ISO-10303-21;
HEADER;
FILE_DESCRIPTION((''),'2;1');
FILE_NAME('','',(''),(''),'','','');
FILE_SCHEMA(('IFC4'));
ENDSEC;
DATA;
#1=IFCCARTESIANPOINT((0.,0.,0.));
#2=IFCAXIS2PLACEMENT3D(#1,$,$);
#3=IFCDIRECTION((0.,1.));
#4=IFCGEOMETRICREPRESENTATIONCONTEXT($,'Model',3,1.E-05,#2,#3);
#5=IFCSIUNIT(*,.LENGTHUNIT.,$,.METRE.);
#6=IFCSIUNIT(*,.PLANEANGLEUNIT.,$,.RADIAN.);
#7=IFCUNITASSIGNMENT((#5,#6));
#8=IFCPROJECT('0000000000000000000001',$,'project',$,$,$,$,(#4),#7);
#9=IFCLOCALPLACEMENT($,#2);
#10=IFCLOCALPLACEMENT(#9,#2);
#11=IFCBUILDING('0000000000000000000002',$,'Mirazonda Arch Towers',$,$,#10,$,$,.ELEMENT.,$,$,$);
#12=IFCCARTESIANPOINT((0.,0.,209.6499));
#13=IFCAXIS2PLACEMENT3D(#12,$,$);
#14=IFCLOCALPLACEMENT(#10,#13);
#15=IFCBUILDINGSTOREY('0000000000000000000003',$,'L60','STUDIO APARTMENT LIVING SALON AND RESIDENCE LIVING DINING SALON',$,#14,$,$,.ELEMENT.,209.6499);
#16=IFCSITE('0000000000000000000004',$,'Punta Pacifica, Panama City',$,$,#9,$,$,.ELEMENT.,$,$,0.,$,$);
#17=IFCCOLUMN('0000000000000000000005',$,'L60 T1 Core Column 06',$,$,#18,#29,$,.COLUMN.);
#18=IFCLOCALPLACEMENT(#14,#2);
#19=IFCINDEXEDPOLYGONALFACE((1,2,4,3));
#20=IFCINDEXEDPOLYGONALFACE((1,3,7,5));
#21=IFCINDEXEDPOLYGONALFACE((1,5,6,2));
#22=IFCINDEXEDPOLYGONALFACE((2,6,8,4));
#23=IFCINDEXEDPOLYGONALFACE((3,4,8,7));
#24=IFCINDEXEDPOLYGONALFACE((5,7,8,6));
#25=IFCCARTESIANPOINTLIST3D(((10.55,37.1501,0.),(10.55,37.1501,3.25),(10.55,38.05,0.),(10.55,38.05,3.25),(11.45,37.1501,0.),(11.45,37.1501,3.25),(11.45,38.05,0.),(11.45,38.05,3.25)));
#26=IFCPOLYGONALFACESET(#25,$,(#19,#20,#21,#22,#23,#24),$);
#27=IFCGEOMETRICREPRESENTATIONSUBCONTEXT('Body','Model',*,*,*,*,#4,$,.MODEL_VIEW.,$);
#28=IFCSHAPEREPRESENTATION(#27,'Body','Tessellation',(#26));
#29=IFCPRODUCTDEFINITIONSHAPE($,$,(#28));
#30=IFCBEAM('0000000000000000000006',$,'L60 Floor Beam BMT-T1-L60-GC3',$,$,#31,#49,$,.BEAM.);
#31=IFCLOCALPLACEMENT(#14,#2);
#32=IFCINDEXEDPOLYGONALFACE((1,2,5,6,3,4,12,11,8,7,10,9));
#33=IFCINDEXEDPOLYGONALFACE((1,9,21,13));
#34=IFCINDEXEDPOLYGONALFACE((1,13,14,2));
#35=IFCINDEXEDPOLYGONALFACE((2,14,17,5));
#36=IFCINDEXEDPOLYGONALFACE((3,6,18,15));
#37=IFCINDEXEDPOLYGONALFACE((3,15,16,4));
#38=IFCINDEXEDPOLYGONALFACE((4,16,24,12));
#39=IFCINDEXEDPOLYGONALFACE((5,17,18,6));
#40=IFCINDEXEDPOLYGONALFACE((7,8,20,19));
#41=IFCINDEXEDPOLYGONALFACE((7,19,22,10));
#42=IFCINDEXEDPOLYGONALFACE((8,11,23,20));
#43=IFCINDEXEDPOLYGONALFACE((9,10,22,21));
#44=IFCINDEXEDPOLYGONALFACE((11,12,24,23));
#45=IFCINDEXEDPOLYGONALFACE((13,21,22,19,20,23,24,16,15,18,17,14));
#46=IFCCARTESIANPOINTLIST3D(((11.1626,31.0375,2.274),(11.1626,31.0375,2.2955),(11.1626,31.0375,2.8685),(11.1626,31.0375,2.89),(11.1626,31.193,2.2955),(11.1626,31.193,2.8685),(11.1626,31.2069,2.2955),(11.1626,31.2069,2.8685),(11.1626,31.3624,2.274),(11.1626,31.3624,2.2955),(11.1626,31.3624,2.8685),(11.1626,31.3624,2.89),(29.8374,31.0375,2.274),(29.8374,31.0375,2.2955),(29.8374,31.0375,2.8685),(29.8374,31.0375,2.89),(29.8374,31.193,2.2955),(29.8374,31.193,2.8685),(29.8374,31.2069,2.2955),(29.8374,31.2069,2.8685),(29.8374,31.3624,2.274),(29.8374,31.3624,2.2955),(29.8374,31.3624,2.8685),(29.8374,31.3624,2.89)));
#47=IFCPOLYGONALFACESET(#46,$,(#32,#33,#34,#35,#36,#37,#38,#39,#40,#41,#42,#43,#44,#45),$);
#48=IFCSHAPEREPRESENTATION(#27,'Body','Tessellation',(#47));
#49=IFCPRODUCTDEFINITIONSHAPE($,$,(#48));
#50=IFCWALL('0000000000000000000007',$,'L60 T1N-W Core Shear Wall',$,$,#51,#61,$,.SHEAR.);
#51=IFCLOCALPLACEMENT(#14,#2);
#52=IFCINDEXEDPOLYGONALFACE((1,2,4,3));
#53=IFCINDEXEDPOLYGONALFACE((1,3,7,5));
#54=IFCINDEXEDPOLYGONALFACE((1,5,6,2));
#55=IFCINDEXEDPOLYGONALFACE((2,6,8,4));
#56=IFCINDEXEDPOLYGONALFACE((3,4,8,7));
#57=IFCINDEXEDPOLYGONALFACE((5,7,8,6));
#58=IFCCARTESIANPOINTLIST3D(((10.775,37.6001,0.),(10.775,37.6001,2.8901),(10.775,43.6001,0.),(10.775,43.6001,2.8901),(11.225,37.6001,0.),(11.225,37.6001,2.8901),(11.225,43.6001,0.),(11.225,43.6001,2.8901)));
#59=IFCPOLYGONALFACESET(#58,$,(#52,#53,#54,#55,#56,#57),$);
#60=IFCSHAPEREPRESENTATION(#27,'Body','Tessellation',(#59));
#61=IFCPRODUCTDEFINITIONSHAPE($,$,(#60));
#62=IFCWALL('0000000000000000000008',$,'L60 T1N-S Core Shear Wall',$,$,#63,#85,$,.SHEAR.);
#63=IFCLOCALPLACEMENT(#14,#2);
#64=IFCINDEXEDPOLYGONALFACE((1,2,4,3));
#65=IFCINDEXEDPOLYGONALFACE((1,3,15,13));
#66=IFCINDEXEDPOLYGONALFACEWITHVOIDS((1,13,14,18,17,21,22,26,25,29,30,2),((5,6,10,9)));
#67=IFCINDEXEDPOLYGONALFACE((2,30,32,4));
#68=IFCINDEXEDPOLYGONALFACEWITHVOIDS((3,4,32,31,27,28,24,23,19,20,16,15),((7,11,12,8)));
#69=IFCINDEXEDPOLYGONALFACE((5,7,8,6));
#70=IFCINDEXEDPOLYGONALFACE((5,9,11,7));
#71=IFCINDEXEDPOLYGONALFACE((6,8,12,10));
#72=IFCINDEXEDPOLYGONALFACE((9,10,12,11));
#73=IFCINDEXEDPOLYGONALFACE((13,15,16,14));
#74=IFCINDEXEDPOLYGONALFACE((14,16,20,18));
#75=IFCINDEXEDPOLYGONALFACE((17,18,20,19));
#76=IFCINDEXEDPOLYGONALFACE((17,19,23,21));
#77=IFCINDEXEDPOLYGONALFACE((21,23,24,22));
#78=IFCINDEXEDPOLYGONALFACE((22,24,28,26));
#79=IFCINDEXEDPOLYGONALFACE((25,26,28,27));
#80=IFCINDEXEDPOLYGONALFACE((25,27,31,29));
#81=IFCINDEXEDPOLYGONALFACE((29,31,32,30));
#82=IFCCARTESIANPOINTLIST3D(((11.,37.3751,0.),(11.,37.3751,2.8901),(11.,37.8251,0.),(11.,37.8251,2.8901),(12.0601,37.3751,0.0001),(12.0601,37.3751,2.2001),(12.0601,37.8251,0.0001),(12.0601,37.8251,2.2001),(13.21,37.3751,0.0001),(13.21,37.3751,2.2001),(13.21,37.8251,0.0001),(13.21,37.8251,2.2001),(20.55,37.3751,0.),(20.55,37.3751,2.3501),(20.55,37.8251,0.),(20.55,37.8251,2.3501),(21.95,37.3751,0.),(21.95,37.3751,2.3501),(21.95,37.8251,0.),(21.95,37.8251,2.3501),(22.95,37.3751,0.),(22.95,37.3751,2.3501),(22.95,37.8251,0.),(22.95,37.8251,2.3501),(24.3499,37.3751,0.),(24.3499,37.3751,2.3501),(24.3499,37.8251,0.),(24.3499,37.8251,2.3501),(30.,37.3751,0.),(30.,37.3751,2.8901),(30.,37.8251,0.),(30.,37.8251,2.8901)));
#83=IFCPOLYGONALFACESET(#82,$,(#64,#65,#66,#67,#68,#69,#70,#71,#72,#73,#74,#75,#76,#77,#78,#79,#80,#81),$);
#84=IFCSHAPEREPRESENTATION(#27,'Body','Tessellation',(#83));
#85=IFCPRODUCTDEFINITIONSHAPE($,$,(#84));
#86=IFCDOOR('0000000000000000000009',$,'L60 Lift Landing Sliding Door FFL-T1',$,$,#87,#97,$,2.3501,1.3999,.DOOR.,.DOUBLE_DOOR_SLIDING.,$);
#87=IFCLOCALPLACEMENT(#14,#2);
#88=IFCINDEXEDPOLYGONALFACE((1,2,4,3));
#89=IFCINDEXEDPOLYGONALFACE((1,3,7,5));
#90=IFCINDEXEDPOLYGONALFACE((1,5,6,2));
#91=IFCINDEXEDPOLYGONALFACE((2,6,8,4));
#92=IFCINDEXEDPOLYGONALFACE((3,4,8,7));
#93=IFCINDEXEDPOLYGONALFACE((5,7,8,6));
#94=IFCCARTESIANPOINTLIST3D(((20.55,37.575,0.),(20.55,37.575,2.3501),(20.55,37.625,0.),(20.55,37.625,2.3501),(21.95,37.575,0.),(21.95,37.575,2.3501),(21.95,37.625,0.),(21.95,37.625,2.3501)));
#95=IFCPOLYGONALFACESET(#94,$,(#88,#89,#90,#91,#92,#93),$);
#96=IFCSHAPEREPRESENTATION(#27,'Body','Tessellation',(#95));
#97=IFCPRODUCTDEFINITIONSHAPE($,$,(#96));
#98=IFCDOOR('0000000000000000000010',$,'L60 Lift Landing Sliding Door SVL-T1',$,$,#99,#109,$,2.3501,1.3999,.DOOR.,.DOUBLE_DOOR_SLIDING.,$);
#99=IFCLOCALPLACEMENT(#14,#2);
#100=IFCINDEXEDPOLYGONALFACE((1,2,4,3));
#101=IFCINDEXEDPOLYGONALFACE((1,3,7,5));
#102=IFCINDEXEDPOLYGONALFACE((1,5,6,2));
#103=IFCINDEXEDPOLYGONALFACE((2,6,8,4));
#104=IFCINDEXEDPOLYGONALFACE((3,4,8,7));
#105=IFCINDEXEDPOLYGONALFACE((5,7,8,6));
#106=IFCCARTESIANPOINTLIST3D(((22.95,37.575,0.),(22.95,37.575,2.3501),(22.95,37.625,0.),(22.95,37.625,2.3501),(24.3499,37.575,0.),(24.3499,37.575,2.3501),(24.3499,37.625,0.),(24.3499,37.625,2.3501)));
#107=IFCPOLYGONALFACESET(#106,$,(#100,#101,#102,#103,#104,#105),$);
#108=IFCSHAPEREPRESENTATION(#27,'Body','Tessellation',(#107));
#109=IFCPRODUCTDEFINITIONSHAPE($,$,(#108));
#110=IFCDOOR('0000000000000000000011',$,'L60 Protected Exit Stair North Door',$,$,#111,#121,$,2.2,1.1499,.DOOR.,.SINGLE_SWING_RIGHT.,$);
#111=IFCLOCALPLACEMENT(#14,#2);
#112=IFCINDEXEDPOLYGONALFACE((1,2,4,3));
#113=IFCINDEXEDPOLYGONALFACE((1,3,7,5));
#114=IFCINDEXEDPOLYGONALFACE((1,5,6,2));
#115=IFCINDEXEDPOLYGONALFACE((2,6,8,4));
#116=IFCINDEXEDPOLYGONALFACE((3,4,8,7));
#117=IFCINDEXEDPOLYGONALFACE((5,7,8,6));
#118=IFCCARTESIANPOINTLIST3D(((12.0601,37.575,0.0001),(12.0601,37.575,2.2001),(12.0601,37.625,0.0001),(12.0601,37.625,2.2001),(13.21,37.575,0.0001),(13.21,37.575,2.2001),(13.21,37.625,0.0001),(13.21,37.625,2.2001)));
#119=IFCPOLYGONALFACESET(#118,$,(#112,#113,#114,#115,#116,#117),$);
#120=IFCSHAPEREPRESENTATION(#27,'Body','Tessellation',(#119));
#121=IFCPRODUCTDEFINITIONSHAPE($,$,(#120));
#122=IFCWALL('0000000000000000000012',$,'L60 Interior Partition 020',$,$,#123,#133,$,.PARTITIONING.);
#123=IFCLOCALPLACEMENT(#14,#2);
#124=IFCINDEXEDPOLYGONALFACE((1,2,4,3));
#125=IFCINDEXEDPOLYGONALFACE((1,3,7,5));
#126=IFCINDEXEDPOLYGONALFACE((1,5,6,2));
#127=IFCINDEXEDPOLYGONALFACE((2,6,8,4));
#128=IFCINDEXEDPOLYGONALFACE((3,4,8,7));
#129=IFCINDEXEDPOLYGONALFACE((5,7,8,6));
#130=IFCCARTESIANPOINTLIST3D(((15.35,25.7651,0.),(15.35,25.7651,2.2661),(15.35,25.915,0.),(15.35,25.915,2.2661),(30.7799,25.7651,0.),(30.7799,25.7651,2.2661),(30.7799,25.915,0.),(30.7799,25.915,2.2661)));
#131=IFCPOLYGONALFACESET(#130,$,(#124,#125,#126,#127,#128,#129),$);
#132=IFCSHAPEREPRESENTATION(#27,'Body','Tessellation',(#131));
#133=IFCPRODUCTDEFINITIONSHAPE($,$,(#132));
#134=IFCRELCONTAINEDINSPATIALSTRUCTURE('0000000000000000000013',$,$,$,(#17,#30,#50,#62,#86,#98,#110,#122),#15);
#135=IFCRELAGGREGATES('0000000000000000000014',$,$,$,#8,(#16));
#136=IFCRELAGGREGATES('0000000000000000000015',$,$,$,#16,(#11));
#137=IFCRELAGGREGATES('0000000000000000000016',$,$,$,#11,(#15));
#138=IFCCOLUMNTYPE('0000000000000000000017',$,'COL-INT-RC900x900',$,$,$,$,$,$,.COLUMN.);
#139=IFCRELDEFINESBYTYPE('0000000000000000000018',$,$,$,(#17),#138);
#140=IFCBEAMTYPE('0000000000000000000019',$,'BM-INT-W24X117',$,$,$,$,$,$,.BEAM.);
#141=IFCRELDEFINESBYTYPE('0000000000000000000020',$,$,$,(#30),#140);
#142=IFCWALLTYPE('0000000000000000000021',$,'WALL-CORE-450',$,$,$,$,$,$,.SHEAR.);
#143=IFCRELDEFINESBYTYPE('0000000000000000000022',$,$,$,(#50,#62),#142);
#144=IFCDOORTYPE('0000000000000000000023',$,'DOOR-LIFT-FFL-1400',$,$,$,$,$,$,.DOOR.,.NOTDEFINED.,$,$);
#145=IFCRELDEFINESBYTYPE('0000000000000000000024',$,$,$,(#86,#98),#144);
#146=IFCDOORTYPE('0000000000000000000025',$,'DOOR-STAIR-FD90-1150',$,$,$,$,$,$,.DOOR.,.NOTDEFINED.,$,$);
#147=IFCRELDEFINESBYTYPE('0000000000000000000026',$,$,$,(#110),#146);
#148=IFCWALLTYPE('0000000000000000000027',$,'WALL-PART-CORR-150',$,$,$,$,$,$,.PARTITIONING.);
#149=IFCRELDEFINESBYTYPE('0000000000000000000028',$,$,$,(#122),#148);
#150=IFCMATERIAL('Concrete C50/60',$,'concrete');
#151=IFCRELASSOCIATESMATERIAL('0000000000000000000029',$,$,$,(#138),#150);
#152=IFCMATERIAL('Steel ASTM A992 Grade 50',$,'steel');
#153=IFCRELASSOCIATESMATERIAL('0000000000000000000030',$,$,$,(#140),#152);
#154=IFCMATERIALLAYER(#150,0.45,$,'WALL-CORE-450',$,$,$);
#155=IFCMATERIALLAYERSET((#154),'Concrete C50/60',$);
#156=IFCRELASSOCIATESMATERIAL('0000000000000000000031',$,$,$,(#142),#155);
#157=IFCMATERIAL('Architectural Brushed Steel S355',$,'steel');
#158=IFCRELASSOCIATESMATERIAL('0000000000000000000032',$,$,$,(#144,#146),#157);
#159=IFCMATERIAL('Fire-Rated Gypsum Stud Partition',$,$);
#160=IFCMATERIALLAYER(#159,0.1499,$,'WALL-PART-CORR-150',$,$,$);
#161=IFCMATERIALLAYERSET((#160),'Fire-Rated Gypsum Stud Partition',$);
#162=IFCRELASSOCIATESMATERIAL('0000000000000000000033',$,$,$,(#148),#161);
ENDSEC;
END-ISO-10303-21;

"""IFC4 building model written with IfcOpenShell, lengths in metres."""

from ifc_helpers import new_model, si_unit, direction, frame, frame_2d, origin, origin_2d, place, context, subcontext, project, spatial, rectangle, i_section, extrude, material, layer, layer_set, material_profile, profile_set, type_object, element, fill, save


model = new_model("IFC4")

# Units and contexts
model_context = context("Model", 3, precision=1e-05, world=origin(), true_north=direction((0.0, 1.0)))
body_context = subcontext(model_context, "Body", "Model", "MODEL_VIEW")
ifc_project = project(units=[si_unit("LENGTHUNIT", "METRE"), si_unit("PLANEANGLEUNIT", "RADIAN")], contexts=[model_context])

# Site, building, storey
site_placement = place(None, origin())
site = spatial("IfcSite", under=ifc_project, at=site_placement, Name="Punta Pacifica, Panama City", CompositionType="ELEMENT", RefElevation=0.0)
building_placement = place(site_placement, origin())
building = spatial("IfcBuilding", under=site, at=building_placement, Name="Mirazonda Arch Towers", CompositionType="ELEMENT")
storey_placement = place(building_placement, frame((0.0, 0.0, 209.6499)))
storey = spatial("IfcBuildingStorey", under=building, at=storey_placement, Name="L60", Description="STUDIO APARTMENT LIVING SALON AND RESIDENCE LIVING DINING SALON", CompositionType="ELEMENT", Elevation=209.6499)

# Column
ifc_material_1 = material(Name="Concrete C50/60", Category="concrete")
ifc_material_profile_1 = material_profile(ifc_material_1, rectangle(XDim=0.8999, YDim=0.8999, at=origin_2d()), Name="RC900x900")
ifc_profile_set_1 = profile_set([ifc_material_profile_1], Name="Concrete C50/60")
column_type = type_object("IfcColumnType", Name="COL-INT-RC900x900", PredefinedType="COLUMN", material=ifc_profile_set_1)
column_placement = place(storey_placement, frame((11.0, 37.6001, 0.0), z_axis=(0.0, 0.0, 1.0), x_axis=(1.0, 0.0, 0.0)))
element("IfcColumn", 1, at=column_placement, inside=storey, type_object=column_type, Name="L60 T1 Core Column 06", PredefinedType="COLUMN", context=body_context, shape_type="SweptSolid", body=[
    extrude(rectangle(XDim=0.8999, YDim=0.8999, at=origin_2d()), origin(), (0.0, 0.0, 1.0), 3.25),
])

# Beam
ifc_material_2 = material(Name="Steel ASTM A992 Grade 50", Category="steel")
ifc_material_profile_2 = material_profile(ifc_material_2, i_section(OverallWidth=0.325, OverallDepth=0.616, WebThickness=0.0139, FlangeThickness=0.0215, at=origin_2d()), Name="W24X117")
ifc_profile_set_2 = profile_set([ifc_material_profile_2], Name="Steel ASTM A992 Grade 50")
beam_type = type_object("IfcBeamType", Name="BM-INT-W24X117", PredefinedType="BEAM", material=ifc_profile_set_2)
beam_placement = place(storey_placement, frame((11.1626, 31.2, 2.582), z_axis=(1.0, 0.0, 0.0), x_axis=(0.0, 1.0, 0.0)))
element("IfcBeam", 2, at=beam_placement, inside=storey, type_object=beam_type, Name="L60 Floor Beam BMT-T1-L60-GC3", PredefinedType="BEAM", context=body_context, shape_type="SweptSolid", body=[
    extrude(i_section(OverallWidth=0.325, OverallDepth=0.616, WebThickness=0.0139, FlangeThickness=0.0215, at=origin_2d()), origin(), (0.0, 0.0, 1.0), 18.6748),
])

# Wall
ifc_layer_1 = layer(ifc_material_1, 0.45, Name="WALL-CORE-450")
ifc_layer_set_1 = layer_set([ifc_layer_1], Name="Concrete C50/60")
wall_type_1 = type_object("IfcWallType", Name="WALL-CORE-450", PredefinedType="SHEAR", material=ifc_layer_set_1)
wall_1_placement = place(storey_placement, frame((11.0, 37.6001, 0.0), z_axis=(0.0, 0.0, 1.0), x_axis=(0.0, 1.0, 0.0)))
element("IfcWall", 3, at=wall_1_placement, inside=storey, type_object=wall_type_1, Name="L60 T1N-W Core Shear Wall", PredefinedType="SHEAR", context=body_context, shape_type="SweptSolid", body=[
    extrude(rectangle(XDim=6.0, YDim=0.45, at=frame_2d((3.0, 0.0))), origin(), (0.0, 0.0, 1.0), 2.8901),
])

# Wall, openings, doors
wall_2_placement = place(storey_placement, frame((11.0, 37.6001, 0.0), z_axis=(0.0, 0.0, 1.0), x_axis=(1.0, 0.0, 0.0)))
wall_2 = element("IfcWall", 4, at=wall_2_placement, inside=storey, type_object=wall_type_1, Name="L60 T1N-S Core Shear Wall", PredefinedType="SHEAR", context=body_context, shape_type="SweptSolid", body=[
    extrude(rectangle(XDim=19.0, YDim=0.45, at=frame_2d((9.5, 0.0))), origin(), (0.0, 0.0, 1.0), 2.8901),
])
opening_1_placement = place(wall_2_placement, frame((1.0601, 0.0, 0.0)))
opening_1 = element("IfcOpeningElement", 5, at=opening_1_placement, cuts=wall_2, PredefinedType="OPENING", context=body_context, shape_type="SweptSolid", body=[
    extrude(rectangle(XDim=1.1499, YDim=2.2, at=frame_2d((0.575, 1.1001))), frame((0.0, 0.2349, 0.0), z_axis=(0.0, -1.0, 0.0), x_axis=(1.0, 0.0, 0.0)), (0.0, 0.0, 1.0), 0.47),
])
opening_2_placement = place(wall_2_placement, frame((9.55, 0.0, 0.0)))
opening_2 = element("IfcOpeningElement", 6, at=opening_2_placement, cuts=wall_2, PredefinedType="OPENING", context=body_context, shape_type="SweptSolid", body=[
    extrude(rectangle(XDim=1.3999, YDim=2.3501, at=frame_2d((0.7, 1.175))), frame((0.0, 0.2349, 0.0), z_axis=(0.0, -1.0, 0.0), x_axis=(1.0, 0.0, 0.0)), (0.0, 0.0, 1.0), 0.47),
])
opening_3_placement = place(wall_2_placement, frame((11.95, 0.0, 0.0)))
opening_3 = element("IfcOpeningElement", 7, at=opening_3_placement, cuts=wall_2, PredefinedType="OPENING", context=body_context, shape_type="SweptSolid", body=[
    extrude(rectangle(XDim=1.3999, YDim=2.3501, at=frame_2d((0.7, 1.175))), frame((0.0, 0.2349, 0.0), z_axis=(0.0, -1.0, 0.0), x_axis=(1.0, 0.0, 0.0)), (0.0, 0.0, 1.0), 0.47),
])
ifc_material_3 = material(Name="Architectural Brushed Steel S355", Category="steel")
door_type_1 = type_object("IfcDoorType", Name="DOOR-LIFT-FFL-1400", OperationType="NOTDEFINED", PredefinedType="DOOR", material=ifc_material_3)
door_1_placement = place(opening_2_placement, origin())
door_1 = element("IfcDoor", 8, at=door_1_placement, inside=storey, type_object=door_type_1, Name="L60 Lift Landing Sliding Door FFL-T1", OperationType="DOUBLE_DOOR_SLIDING", OverallHeight=2.3501, OverallWidth=1.3999, PredefinedType="DOOR", context=body_context, shape_type="SweptSolid", body=[
    extrude(rectangle(XDim=1.3999, YDim=2.3501, at=frame_2d((0.7, 1.175))), frame((0.0, 0.0249, 0.0), z_axis=(0.0, -1.0, 0.0), x_axis=(1.0, 0.0, 0.0)), (0.0, 0.0, 1.0), 0.05),
])
fill(opening_2, door_1)
door_2_placement = place(opening_3_placement, origin())
door_2 = element("IfcDoor", 9, at=door_2_placement, inside=storey, type_object=door_type_1, Name="L60 Lift Landing Sliding Door SVL-T1", OperationType="DOUBLE_DOOR_SLIDING", OverallHeight=2.3501, OverallWidth=1.3999, PredefinedType="DOOR", context=body_context, shape_type="SweptSolid", body=[
    extrude(rectangle(XDim=1.3999, YDim=2.3501, at=frame_2d((0.7, 1.175))), frame((0.0, 0.0249, 0.0), z_axis=(0.0, -1.0, 0.0), x_axis=(1.0, 0.0, 0.0)), (0.0, 0.0, 1.0), 0.05),
])
fill(opening_3, door_2)
door_type_2 = type_object("IfcDoorType", Name="DOOR-STAIR-FD90-1150", OperationType="NOTDEFINED", PredefinedType="DOOR", material=ifc_material_3)
door_3_placement = place(opening_1_placement, origin())
door_3 = element("IfcDoor", 10, at=door_3_placement, inside=storey, type_object=door_type_2, Name="L60 Protected Exit Stair North Door", OperationType="SINGLE_SWING_RIGHT", OverallHeight=2.2, OverallWidth=1.1499, PredefinedType="DOOR", context=body_context, shape_type="SweptSolid", body=[
    extrude(rectangle(XDim=1.1499, YDim=2.2, at=frame_2d((0.575, 1.1001))), frame((0.0, 0.0249, 0.0), z_axis=(0.0, -1.0, 0.0), x_axis=(1.0, 0.0, 0.0)), (0.0, 0.0, 1.0), 0.05),
])
fill(opening_1, door_3)

# Wall
ifc_material_4 = material(Name="Fire-Rated Gypsum Stud Partition")
ifc_layer_2 = layer(ifc_material_4, 0.1499, Name="WALL-PART-CORR-150")
ifc_layer_set_2 = layer_set([ifc_layer_2], Name="Fire-Rated Gypsum Stud Partition")
wall_type_2 = type_object("IfcWallType", Name="WALL-PART-CORR-150", PredefinedType="PARTITIONING", material=ifc_layer_set_2)
wall_3_placement = place(storey_placement, frame((15.3501, 25.8401, 0.0), z_axis=(0.0, 0.0, 1.0), x_axis=(1.0, 0.0, 0.0)))
element("IfcWall", 11, at=wall_3_placement, inside=storey, type_object=wall_type_2, Name="L60 Interior Partition 020", PredefinedType="PARTITIONING", context=body_context, shape_type="SweptSolid", body=[
    extrude(rectangle(XDim=15.4299, YDim=0.1499, at=frame_2d((7.7148, 0.0))), origin(), (0.0, 0.0, 1.0), 2.2661),
])

save(model, "model.ifc")
